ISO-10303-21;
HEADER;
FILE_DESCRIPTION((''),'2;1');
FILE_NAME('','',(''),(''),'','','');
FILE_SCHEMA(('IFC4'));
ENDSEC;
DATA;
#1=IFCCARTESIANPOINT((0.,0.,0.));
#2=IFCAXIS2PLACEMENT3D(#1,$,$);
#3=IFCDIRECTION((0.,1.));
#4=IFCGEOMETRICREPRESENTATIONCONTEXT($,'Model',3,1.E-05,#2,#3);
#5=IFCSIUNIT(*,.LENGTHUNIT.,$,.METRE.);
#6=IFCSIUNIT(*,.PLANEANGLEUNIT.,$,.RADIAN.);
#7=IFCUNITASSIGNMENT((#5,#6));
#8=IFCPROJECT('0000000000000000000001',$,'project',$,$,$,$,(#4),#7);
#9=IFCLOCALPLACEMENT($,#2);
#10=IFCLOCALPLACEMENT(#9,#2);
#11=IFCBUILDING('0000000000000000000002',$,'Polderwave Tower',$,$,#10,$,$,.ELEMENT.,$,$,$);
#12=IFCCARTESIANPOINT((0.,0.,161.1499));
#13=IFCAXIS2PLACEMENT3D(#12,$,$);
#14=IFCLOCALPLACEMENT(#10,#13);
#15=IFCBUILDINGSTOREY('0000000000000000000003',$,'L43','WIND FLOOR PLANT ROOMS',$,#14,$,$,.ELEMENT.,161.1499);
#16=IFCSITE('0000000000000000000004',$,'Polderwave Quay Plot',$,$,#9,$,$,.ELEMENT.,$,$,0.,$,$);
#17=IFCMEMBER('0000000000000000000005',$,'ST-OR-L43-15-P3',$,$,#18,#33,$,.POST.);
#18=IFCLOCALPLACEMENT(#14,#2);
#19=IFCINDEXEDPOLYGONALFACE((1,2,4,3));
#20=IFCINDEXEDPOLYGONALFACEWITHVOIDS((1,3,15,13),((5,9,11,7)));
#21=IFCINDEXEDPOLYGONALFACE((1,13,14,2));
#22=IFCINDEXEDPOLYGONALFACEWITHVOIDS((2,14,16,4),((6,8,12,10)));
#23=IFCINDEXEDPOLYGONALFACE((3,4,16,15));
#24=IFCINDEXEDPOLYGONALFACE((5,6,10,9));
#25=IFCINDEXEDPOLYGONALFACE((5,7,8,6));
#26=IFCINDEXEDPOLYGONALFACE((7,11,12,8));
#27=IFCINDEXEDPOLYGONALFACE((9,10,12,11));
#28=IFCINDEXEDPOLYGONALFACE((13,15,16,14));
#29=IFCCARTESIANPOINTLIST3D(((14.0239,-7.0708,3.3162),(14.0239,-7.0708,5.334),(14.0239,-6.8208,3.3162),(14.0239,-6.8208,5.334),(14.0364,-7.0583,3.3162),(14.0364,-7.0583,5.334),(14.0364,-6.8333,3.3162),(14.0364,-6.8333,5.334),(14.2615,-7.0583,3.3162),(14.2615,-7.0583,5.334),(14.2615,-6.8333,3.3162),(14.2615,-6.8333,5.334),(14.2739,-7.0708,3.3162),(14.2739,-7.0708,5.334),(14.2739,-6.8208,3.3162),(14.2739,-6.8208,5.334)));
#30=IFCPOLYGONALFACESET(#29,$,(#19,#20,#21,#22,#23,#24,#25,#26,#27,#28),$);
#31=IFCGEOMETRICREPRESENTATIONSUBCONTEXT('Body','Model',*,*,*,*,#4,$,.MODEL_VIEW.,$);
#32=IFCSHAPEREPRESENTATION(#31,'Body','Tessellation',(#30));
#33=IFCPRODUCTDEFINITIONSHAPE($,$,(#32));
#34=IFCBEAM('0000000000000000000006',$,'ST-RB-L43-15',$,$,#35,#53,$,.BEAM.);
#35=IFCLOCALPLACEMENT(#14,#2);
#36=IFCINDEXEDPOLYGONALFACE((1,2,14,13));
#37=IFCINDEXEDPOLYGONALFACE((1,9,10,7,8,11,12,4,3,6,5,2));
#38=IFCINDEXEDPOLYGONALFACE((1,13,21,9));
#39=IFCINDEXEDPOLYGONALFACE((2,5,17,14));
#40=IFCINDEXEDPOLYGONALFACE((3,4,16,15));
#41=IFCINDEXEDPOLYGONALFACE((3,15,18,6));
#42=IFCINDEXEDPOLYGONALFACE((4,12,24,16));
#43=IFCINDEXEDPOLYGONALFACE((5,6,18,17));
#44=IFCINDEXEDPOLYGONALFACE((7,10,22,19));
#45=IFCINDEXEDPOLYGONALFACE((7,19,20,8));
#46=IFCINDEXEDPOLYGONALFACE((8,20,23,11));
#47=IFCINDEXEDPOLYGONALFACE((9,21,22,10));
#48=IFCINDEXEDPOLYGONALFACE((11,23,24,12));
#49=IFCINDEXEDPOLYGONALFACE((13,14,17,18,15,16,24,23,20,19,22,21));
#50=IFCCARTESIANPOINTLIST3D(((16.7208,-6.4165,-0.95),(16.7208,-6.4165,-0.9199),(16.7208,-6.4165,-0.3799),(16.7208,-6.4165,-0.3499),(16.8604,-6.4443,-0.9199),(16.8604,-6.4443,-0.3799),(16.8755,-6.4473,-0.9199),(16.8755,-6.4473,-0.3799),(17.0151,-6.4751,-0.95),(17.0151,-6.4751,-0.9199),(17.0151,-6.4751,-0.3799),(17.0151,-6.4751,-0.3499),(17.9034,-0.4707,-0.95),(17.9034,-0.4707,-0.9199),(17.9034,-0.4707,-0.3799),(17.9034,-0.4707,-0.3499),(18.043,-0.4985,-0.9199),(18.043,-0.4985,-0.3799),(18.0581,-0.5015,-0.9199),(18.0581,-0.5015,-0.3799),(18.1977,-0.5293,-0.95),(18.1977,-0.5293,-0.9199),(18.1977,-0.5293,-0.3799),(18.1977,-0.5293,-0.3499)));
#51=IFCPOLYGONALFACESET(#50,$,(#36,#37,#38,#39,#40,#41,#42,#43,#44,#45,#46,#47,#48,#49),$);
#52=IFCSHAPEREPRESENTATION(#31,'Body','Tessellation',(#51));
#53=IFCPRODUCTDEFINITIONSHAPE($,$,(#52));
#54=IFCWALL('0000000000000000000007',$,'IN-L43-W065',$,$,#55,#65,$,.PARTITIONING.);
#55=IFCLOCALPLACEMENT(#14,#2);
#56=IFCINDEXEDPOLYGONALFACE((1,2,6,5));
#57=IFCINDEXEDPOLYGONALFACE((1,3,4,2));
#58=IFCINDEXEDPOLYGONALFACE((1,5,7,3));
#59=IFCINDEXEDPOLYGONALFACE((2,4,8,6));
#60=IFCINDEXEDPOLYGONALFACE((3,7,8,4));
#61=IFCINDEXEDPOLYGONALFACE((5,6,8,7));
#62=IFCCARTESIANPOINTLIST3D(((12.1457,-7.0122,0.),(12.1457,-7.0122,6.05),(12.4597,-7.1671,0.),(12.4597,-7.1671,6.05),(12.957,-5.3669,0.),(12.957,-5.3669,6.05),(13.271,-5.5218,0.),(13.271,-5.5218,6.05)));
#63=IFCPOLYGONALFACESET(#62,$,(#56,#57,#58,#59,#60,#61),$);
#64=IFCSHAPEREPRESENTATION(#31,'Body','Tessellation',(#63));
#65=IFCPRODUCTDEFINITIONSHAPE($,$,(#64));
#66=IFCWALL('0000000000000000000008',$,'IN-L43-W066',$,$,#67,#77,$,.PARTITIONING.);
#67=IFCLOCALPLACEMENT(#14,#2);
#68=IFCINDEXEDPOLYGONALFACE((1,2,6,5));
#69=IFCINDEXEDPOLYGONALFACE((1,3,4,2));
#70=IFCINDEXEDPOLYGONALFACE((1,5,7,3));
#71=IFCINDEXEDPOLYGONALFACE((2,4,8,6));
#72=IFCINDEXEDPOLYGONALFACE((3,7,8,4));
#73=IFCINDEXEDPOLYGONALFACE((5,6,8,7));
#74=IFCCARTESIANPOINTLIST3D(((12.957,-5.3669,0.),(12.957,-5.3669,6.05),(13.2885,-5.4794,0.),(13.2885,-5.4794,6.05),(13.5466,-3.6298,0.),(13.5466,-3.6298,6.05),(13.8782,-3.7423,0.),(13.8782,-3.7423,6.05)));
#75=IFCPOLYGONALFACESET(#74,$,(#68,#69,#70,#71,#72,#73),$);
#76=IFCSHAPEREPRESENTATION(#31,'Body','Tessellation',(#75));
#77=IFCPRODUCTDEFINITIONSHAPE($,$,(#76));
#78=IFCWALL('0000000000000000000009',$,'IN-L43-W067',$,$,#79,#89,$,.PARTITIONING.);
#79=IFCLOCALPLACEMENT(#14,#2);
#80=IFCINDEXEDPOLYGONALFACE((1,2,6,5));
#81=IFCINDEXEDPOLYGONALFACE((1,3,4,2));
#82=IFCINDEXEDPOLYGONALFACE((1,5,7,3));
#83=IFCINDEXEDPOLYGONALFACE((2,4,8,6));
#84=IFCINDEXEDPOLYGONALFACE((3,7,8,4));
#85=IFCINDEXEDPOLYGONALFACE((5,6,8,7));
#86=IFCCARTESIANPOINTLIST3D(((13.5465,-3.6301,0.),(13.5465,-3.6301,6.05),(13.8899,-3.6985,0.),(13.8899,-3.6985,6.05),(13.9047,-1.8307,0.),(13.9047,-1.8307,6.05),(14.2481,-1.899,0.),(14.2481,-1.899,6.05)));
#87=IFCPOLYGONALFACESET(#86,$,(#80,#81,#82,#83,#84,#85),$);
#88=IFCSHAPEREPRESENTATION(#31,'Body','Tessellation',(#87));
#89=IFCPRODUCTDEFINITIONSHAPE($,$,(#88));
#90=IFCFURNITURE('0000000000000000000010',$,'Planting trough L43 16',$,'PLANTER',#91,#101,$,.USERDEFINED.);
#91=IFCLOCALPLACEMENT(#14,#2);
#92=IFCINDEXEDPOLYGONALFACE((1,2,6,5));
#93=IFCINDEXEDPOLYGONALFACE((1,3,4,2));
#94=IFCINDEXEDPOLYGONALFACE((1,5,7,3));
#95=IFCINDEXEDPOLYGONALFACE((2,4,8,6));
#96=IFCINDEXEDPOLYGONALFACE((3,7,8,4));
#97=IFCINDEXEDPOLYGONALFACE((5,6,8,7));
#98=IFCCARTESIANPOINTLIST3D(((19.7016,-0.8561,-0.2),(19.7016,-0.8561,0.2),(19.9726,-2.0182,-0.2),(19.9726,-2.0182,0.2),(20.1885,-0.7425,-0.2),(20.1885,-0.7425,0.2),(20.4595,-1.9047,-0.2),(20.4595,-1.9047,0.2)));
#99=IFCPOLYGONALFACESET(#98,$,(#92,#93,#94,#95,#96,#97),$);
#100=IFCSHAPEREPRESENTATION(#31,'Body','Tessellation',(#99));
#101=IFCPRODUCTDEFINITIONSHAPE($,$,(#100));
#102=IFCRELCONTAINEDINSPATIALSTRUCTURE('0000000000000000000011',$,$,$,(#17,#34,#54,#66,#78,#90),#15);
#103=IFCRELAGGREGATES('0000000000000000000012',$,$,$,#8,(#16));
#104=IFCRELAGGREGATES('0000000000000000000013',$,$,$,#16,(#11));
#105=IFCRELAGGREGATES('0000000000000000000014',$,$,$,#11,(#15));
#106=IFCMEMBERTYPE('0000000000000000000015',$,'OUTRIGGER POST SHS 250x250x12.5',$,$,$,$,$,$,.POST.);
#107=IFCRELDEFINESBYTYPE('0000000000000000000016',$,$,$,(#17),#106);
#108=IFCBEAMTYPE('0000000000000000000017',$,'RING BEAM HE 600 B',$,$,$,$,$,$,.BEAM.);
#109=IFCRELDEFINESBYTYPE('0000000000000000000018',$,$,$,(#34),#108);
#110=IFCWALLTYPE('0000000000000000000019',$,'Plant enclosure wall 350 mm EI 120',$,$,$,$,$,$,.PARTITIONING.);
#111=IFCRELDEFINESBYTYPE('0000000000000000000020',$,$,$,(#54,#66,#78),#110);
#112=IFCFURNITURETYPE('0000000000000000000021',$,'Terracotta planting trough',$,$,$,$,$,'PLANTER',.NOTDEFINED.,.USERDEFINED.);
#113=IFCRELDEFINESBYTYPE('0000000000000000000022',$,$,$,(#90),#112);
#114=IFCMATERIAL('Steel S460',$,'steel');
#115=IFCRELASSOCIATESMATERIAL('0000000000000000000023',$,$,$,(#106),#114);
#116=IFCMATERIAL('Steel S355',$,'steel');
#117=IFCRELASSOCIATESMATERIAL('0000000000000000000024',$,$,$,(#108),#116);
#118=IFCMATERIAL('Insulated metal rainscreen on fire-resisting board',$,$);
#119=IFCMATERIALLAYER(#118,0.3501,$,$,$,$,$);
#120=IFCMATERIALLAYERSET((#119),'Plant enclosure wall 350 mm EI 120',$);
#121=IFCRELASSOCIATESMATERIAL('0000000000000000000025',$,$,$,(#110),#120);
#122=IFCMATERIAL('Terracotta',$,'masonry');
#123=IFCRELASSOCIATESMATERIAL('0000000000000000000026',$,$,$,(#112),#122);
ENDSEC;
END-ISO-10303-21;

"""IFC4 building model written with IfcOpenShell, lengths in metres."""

from ifc_helpers import new_model, si_unit, direction, frame, frame_2d, origin, origin_2d, place, context, subcontext, project, spatial, rectangle, hollow_rectangle, i_section, extrude, material, layer, layer_set, material_profile, profile_set, type_object, element, save


model = new_model("IFC4")

# Units and contexts
model_context = context("Model", 3, precision=1e-05, world=origin(), true_north=direction((0.0, 1.0)))
body_context = subcontext(model_context, "Body", "Model", "MODEL_VIEW")
ifc_project = project(units=[si_unit("LENGTHUNIT", "METRE"), si_unit("PLANEANGLEUNIT", "RADIAN")], contexts=[model_context])

# Site, building, storey
site_placement = place(None, origin())
site = spatial("IfcSite", under=ifc_project, at=site_placement, Name="Polderwave Quay Plot", CompositionType="ELEMENT", RefElevation=0.0)
building_placement = place(site_placement, origin())
building = spatial("IfcBuilding", under=site, at=building_placement, Name="Polderwave Tower", CompositionType="ELEMENT")
storey_placement = place(building_placement, frame((0.0, 0.0, 161.1499)))
storey = spatial("IfcBuildingStorey", under=building, at=storey_placement, Name="L43", Description="WIND FLOOR PLANT ROOMS", CompositionType="ELEMENT", Elevation=161.1499)

# Member
ifc_material_1 = material(Name="Steel S460", Category="steel")
ifc_material_profile_1 = material_profile(ifc_material_1, hollow_rectangle(XDim=0.25, YDim=0.25, WallThickness=0.0125, at=origin_2d()), Name="SHS 250x250x12.5")
ifc_profile_set_1 = profile_set([ifc_material_profile_1], Name="Steel S460")
member_type_1 = type_object("IfcMemberType", Name="OUTRIGGER POST SHS 250x250x12.5", PredefinedType="POST", material=ifc_profile_set_1)
for number, where, z_axis, x_axis, name in (
    (1, (14.1489, -6.9458, 3.3162), (0.0, 0.0, 1.0), (1.0, 0.0, 0.0), "ST-OR-L43-15-P3"),
):
    element("IfcMember", number, at=place(storey_placement, frame(where, z_axis=z_axis, x_axis=x_axis)), inside=storey, type_object=member_type_1, Name=name, PredefinedType="POST", context=body_context, shape_type="SweptSolid", body=[
        extrude(hollow_rectangle(XDim=0.25, YDim=0.25, WallThickness=0.0125, at=origin_2d()), origin(), (0.0, 0.0, 1.0), 2.0178),
    ])

# Beam
ifc_material_2 = material(Name="Steel S355", Category="steel")
ifc_material_profile_2 = material_profile(ifc_material_2, i_section(OverallWidth=0.3, OverallDepth=0.6001, WebThickness=0.0154, FlangeThickness=0.03, at=origin_2d()), Name="HE 600 B")
ifc_profile_set_2 = profile_set([ifc_material_profile_2], Name="Steel S355")
beam_type = type_object("IfcBeamType", Name="RING BEAM HE 600 B", PredefinedType="BEAM", material=ifc_profile_set_2)
beam_placement = place(storey_placement, frame((16.8679, -6.4458, -0.6499), z_axis=(0.195078, 0.980788, 0.0), x_axis=(-0.980788, 0.195078, 0.0)))
element("IfcBeam", 2, at=beam_placement, inside=storey, type_object=beam_type, Name="ST-RB-L43-15", PredefinedType="BEAM", context=body_context, shape_type="SweptSolid", body=[
    extrude(i_section(OverallWidth=0.3, OverallDepth=0.6001, WebThickness=0.0154, FlangeThickness=0.03, at=origin_2d()), origin(), (0.0, 0.0, 1.0), 6.0623),
])

# Walls
ifc_material_3 = material(Name="Insulated metal rainscreen on fire-resisting board")
ifc_layer = layer(ifc_material_3, 0.3501)
ifc_layer_set = layer_set([ifc_layer], Name="Plant enclosure wall 350 mm EI 120")
wall_type = type_object("IfcWallType", Name="Plant enclosure wall 350 mm EI 120", PredefinedType="PARTITIONING", material=ifc_layer_set)
for number, where, z_axis, x_axis, name in (
    (3, (13.114, -5.4443, 0.0), (0.0, 0.0, 1.0), (-0.442256, -0.896889, 0.0), "IN-L43-W065"),
    (4, (13.7124, -3.686, 0.0), (0.0, 0.0, 1.0), (-0.321414, -0.946939, 0.0), "IN-L43-W066"),
):
    element("IfcWall", number, at=place(storey_placement, frame(where, z_axis=z_axis, x_axis=x_axis)), inside=storey, type_object=wall_type, Name=name, PredefinedType="PARTITIONING", context=body_context, shape_type="SweptSolid", body=[
        extrude(rectangle(XDim=1.8345, YDim=0.3501, at=frame_2d((0.9172, 0.0))), origin(), (0.0, 0.0, 1.0), 6.05),
    ])
wall_placement = place(storey_placement, frame((14.0764, -1.8647, 0.0), z_axis=(0.0, 0.0, 1.0), x_axis=(-0.19522, -0.980759, 0.0)))
element("IfcWall", 5, at=wall_placement, inside=storey, type_object=wall_type, Name="IN-L43-W067", PredefinedType="PARTITIONING", context=body_context, shape_type="SweptSolid", body=[
    extrude(rectangle(XDim=1.8347, YDim=0.3501, at=frame_2d((0.9175, 0.0))), origin(), (0.0, 0.0, 1.0), 6.05),
])

# Furniture
ifc_material_4 = material(Name="Terracotta", Category="masonry")
furniture_type = type_object("IfcFurnitureType", Name="Terracotta planting trough", ElementType="PLANTER", AssemblyPlace="NOTDEFINED", PredefinedType="USERDEFINED", material=ifc_material_4)
furniture_placement = place(storey_placement, frame((20.0806, -1.3804, -0.2), z_axis=(0.0, 0.0, 1.0), x_axis=(-0.227109, 0.973869, 0.0)))
element("IfcFurniture", 6, at=furniture_placement, inside=storey, type_object=furniture_type, Name="Planting trough L43 16", ObjectType="PLANTER", PredefinedType="USERDEFINED", context=body_context, shape_type="SweptSolid", body=[
    extrude(rectangle(XDim=1.1934, YDim=0.5, at=origin_2d()), origin(), (0.0, 0.0, 1.0), 0.3999),
])

save(model, "model.ifc")
